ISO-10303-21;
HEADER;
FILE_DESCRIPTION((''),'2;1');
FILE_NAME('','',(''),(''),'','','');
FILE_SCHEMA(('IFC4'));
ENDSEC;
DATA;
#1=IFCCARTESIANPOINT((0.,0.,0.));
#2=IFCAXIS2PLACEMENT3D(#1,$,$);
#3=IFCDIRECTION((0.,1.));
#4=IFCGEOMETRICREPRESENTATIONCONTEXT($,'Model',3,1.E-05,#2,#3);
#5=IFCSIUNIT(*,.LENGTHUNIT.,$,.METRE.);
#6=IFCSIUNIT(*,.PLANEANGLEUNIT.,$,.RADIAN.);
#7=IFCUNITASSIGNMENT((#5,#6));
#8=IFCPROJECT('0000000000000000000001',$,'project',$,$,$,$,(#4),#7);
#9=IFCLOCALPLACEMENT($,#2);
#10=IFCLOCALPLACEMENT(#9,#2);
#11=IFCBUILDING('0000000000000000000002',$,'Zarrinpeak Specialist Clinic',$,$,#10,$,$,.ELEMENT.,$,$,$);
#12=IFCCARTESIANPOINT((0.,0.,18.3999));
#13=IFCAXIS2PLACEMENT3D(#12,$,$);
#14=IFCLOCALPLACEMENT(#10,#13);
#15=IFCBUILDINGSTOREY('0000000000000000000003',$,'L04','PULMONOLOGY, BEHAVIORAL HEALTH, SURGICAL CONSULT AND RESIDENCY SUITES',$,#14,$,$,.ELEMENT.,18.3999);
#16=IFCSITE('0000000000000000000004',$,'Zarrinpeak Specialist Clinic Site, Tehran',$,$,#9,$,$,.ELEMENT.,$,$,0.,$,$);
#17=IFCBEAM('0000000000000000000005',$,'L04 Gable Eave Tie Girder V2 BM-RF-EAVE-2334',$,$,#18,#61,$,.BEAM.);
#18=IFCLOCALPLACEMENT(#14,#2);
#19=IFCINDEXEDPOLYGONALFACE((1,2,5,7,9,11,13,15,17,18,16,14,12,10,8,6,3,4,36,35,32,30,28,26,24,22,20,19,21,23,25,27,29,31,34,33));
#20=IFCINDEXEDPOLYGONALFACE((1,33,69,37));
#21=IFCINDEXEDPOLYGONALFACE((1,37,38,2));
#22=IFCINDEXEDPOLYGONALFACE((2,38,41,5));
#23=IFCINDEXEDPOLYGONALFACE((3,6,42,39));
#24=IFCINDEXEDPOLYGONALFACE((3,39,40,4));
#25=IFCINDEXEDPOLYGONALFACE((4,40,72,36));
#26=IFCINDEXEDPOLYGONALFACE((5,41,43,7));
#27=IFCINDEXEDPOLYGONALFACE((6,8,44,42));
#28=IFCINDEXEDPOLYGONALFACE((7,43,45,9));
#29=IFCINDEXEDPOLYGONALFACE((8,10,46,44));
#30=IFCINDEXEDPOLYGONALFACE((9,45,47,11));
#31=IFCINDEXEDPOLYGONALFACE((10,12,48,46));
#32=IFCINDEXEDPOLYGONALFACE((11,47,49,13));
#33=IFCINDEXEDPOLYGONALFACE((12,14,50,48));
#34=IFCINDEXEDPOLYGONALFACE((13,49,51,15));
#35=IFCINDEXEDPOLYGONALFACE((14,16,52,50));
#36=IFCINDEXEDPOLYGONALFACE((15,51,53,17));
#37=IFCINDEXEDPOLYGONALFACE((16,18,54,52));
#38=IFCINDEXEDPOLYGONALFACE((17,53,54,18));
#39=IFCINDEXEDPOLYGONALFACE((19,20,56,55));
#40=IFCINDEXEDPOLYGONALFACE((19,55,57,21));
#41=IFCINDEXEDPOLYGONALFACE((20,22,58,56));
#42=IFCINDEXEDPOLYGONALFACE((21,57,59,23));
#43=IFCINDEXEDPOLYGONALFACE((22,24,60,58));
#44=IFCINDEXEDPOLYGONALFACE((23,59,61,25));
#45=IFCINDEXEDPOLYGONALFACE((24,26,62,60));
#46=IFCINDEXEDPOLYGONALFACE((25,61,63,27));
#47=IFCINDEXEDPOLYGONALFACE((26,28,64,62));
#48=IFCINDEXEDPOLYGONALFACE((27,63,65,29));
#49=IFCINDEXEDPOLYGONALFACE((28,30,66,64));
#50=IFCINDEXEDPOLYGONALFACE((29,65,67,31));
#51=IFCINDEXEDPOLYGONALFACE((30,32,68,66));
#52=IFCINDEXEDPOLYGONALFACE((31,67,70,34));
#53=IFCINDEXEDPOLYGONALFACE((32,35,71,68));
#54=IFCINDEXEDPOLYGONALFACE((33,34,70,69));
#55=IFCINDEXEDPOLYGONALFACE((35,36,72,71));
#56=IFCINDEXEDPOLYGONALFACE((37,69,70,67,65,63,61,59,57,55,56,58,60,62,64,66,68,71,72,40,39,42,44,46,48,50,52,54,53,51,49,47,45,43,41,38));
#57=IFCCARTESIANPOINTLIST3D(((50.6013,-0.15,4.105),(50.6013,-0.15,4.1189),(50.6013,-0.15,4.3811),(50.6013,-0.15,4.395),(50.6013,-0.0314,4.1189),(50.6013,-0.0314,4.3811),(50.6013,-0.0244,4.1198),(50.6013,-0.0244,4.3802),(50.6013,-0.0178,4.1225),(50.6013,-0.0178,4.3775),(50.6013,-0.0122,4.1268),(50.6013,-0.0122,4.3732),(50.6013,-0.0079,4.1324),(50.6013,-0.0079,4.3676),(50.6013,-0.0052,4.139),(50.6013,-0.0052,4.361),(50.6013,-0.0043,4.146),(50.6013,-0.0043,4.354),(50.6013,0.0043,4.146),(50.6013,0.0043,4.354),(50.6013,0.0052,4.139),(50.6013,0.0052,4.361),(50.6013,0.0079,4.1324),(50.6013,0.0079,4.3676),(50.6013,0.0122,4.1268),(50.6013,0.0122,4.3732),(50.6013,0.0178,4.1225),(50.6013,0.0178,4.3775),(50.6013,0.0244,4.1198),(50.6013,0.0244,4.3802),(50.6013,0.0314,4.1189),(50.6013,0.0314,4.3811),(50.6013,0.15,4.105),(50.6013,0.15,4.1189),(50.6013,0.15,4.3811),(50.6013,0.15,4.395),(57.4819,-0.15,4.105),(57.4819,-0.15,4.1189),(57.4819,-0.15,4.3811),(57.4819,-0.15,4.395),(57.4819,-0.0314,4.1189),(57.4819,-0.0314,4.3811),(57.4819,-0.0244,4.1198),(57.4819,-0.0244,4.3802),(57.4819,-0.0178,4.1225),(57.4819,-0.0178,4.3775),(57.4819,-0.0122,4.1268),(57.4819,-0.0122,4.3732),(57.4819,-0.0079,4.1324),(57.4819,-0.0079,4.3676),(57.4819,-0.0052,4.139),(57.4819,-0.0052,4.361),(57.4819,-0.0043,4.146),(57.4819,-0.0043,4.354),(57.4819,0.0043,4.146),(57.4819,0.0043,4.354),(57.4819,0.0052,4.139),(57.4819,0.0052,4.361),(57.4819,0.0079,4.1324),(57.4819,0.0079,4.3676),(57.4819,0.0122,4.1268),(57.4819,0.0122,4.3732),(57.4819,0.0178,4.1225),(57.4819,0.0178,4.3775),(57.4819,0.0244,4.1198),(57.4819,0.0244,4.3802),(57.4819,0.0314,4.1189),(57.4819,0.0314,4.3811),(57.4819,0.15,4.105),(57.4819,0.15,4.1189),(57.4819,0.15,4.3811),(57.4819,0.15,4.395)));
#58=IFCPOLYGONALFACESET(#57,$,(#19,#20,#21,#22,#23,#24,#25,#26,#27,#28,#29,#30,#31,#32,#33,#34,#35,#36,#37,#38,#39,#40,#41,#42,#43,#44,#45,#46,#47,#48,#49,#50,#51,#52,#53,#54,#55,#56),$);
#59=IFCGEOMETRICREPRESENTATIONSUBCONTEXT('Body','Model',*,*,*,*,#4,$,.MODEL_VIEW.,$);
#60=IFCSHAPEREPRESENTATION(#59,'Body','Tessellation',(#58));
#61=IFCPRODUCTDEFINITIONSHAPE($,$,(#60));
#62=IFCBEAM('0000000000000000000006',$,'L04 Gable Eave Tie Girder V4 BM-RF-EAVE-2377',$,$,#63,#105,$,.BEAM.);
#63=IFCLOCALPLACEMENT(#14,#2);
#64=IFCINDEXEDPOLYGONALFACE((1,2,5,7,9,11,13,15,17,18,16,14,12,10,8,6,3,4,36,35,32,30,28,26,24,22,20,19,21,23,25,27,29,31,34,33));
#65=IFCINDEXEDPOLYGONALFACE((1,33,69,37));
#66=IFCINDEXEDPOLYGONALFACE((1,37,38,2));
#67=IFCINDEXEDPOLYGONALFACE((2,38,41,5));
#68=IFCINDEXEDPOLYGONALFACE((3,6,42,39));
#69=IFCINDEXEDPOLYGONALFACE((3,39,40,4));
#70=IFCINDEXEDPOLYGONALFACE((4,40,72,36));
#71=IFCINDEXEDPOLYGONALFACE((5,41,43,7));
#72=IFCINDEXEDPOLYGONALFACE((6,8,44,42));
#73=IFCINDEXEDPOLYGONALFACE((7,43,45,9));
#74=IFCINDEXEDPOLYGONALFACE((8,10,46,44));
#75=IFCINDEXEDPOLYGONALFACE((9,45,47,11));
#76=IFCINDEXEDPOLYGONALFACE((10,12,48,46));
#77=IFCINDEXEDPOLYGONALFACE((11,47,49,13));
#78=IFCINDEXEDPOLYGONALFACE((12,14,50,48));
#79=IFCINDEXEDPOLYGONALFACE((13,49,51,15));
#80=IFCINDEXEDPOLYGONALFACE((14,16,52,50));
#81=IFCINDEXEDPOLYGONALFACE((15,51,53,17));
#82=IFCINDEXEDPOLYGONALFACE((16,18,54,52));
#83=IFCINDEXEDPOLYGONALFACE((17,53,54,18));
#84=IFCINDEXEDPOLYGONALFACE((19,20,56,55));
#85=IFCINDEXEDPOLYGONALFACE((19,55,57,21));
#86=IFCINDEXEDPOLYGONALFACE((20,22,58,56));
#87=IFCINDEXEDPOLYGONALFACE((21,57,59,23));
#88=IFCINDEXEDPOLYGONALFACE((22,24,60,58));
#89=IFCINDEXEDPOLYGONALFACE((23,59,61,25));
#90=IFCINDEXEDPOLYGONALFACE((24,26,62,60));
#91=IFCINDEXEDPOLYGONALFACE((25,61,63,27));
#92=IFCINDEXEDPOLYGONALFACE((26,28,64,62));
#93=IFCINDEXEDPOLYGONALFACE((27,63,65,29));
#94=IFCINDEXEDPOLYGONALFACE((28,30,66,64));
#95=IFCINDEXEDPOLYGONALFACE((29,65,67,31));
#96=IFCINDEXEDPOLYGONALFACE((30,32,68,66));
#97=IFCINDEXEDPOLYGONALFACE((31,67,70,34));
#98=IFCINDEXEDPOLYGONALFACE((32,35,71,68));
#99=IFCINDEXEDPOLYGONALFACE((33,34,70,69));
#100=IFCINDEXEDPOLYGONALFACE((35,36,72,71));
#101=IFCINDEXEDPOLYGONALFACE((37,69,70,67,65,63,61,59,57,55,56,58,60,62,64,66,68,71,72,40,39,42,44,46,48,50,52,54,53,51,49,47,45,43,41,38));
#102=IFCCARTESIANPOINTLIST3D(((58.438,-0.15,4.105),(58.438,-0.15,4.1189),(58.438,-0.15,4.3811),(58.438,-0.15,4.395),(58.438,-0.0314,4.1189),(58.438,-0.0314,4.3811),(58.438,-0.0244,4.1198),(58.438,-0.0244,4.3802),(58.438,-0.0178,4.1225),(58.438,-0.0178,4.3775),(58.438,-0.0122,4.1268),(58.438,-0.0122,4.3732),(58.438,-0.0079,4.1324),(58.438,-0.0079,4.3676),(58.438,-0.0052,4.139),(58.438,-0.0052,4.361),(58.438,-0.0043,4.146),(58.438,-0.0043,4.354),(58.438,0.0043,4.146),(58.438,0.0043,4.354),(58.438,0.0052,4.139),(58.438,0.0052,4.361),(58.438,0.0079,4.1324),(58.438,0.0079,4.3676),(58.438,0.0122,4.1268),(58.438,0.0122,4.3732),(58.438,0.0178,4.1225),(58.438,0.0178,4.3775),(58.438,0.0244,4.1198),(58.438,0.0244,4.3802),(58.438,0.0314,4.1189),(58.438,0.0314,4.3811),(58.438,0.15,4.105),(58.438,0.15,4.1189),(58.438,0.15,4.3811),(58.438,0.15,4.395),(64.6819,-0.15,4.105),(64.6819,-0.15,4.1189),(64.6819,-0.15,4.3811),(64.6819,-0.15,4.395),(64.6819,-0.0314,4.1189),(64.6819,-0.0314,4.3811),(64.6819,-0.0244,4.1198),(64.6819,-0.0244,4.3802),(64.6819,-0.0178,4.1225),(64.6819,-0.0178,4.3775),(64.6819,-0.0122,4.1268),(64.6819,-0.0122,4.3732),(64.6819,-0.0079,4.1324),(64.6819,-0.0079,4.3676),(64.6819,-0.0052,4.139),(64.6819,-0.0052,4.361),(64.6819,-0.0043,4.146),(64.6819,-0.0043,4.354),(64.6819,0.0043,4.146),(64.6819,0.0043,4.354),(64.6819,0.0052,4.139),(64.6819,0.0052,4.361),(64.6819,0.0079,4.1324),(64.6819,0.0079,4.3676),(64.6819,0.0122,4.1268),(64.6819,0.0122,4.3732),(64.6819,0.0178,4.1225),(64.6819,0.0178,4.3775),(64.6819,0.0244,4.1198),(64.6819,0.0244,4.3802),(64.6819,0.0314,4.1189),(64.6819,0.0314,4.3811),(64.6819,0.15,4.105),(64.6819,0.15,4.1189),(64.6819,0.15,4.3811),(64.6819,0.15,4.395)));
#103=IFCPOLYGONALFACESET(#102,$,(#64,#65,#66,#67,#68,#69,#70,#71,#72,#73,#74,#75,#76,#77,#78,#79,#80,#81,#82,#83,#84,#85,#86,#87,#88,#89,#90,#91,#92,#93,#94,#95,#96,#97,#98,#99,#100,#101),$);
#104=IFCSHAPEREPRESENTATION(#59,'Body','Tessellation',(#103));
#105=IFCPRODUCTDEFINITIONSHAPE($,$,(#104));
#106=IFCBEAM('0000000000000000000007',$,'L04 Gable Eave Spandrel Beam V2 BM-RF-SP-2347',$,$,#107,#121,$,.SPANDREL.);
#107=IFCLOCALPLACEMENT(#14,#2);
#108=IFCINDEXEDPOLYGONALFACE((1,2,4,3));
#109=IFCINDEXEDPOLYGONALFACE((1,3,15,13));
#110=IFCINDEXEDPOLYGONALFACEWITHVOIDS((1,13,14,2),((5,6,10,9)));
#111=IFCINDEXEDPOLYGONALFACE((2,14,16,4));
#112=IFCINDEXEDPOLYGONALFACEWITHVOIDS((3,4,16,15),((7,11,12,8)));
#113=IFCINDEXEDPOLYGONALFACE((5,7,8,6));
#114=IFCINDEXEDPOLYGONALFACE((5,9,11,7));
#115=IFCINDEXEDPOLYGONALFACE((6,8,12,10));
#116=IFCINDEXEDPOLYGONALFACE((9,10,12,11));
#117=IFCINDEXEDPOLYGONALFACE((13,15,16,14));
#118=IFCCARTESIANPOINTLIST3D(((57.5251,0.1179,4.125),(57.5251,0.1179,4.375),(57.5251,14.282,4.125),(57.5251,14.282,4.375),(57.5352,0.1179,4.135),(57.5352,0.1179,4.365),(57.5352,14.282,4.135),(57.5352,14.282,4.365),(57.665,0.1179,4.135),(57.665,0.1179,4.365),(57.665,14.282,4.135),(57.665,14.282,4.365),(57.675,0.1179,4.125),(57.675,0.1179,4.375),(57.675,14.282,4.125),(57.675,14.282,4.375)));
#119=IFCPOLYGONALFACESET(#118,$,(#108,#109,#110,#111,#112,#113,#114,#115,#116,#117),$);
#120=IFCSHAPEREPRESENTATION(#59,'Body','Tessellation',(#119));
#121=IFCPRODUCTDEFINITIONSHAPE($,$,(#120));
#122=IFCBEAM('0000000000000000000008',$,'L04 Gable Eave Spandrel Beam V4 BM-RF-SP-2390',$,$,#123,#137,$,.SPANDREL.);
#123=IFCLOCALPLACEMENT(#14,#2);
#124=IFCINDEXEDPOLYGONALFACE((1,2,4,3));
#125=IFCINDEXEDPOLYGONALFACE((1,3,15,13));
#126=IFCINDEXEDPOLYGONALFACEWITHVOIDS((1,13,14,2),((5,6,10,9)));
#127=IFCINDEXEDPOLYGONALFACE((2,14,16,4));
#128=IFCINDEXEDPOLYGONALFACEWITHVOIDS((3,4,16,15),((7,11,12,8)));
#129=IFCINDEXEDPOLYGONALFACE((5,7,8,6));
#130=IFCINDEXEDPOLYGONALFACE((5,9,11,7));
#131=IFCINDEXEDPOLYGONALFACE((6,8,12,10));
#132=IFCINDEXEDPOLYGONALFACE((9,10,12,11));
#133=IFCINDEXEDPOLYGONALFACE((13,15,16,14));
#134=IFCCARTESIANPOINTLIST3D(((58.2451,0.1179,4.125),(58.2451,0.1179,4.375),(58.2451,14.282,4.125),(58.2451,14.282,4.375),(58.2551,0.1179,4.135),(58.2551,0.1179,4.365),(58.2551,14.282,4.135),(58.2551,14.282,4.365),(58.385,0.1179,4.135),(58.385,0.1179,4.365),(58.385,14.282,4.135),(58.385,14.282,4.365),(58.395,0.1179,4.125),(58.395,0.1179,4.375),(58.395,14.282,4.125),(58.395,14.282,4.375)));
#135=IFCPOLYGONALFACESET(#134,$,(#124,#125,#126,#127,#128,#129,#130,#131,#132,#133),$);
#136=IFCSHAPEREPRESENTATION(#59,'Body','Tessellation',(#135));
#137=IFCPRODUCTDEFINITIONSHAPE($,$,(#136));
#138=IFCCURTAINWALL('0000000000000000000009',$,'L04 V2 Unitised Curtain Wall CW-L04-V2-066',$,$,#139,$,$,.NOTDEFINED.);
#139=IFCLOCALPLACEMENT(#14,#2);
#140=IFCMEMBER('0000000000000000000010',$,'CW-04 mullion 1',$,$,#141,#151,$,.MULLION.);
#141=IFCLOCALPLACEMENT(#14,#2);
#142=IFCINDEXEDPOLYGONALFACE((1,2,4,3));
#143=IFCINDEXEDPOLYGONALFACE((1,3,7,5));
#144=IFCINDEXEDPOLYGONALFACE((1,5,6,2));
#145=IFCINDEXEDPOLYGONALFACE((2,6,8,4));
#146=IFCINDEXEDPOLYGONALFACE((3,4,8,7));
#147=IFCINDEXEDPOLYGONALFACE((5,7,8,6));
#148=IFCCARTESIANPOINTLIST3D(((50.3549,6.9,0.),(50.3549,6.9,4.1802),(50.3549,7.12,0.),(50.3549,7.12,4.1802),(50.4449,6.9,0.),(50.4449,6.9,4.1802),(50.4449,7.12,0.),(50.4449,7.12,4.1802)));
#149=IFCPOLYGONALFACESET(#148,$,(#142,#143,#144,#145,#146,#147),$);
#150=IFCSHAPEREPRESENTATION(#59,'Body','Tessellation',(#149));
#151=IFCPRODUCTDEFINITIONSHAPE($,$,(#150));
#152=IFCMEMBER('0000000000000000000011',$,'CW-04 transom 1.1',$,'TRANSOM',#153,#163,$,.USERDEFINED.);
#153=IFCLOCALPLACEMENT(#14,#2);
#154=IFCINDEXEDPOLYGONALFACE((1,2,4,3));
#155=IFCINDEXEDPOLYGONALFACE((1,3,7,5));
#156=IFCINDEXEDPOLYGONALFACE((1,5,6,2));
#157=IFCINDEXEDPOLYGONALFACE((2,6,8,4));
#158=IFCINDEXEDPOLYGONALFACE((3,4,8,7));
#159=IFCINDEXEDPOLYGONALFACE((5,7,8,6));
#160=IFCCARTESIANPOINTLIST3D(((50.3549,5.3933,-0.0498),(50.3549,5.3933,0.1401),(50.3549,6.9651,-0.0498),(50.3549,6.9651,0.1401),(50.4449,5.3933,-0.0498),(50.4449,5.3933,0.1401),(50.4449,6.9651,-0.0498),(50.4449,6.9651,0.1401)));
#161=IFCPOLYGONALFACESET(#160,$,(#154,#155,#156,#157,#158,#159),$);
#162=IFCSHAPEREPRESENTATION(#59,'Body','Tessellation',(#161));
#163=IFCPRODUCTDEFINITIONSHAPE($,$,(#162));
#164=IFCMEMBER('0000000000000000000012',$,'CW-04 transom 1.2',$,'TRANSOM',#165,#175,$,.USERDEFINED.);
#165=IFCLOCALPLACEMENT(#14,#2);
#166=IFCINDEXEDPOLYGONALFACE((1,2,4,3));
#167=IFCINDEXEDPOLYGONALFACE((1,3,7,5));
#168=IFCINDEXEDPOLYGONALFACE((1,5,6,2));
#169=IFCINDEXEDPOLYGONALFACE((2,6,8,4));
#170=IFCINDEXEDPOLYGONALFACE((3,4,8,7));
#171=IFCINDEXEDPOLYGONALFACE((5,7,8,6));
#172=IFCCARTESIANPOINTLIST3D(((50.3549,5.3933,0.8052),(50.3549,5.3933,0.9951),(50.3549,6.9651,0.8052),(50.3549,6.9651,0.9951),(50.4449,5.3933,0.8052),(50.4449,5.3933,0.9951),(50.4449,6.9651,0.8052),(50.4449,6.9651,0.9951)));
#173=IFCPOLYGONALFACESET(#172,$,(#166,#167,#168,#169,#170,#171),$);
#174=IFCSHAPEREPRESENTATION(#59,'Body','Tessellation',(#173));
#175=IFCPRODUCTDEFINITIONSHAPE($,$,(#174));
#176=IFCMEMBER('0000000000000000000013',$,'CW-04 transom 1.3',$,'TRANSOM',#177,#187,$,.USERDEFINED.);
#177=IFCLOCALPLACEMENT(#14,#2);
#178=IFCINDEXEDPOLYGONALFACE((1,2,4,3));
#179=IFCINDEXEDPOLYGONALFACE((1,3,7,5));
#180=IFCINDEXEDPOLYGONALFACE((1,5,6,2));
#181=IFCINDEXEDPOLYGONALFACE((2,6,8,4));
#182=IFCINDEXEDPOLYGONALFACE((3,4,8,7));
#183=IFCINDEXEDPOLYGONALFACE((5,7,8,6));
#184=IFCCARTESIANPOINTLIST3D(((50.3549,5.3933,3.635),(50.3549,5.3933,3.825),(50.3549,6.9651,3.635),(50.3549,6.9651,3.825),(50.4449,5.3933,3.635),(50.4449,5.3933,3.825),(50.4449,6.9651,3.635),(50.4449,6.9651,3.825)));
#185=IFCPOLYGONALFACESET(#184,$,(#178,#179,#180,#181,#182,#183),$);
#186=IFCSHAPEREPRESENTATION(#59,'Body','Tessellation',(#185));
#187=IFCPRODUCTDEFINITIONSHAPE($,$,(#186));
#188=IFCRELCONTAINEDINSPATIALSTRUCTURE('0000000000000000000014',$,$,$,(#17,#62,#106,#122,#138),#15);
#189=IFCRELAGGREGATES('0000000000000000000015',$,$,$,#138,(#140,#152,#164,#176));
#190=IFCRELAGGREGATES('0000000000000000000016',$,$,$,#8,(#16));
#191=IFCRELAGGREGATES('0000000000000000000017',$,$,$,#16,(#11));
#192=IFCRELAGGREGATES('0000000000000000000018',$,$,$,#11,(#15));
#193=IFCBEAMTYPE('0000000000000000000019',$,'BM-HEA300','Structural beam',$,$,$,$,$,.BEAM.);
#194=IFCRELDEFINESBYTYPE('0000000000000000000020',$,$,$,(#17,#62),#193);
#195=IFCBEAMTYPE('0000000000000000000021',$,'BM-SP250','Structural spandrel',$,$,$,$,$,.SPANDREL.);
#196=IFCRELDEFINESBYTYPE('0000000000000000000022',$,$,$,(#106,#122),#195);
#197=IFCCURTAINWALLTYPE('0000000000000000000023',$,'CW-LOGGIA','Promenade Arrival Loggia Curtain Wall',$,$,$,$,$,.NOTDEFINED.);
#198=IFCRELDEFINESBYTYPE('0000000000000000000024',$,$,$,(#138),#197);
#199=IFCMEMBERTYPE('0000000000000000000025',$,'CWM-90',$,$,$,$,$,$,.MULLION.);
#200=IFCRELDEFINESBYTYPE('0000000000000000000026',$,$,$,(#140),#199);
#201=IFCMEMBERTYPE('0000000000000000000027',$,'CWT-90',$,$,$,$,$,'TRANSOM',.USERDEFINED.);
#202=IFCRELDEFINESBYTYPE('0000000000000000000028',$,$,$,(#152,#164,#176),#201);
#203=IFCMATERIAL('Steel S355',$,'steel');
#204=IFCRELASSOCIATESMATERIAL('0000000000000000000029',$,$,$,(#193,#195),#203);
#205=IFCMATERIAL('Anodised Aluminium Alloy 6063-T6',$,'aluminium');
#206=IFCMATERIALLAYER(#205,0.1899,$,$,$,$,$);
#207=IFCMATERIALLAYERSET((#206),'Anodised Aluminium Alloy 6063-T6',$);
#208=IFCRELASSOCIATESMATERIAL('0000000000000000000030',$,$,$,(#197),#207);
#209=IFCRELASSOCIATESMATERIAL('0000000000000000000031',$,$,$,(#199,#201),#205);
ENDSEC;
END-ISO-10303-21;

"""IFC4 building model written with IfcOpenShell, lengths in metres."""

from ifc_helpers import new_model, si_unit, direction, frame, origin, origin_2d, place, context, subcontext, project, spatial, rectangle, hollow_rectangle, i_section, extrude, material, layer, layer_set, material_profile, profile_set, type_object, element, aggregate, save


model = new_model("IFC4")

# Units and contexts
model_context = context("Model", 3, precision=1e-05, world=origin(), true_north=direction((0.0, 1.0)))
body_context = subcontext(model_context, "Body", "Model", "MODEL_VIEW")
ifc_project = project(units=[si_unit("LENGTHUNIT", "METRE"), si_unit("PLANEANGLEUNIT", "RADIAN")], contexts=[model_context])

# Site, building, storey
site_placement = place(None, origin())
site = spatial("IfcSite", under=ifc_project, at=site_placement, Name="Zarrinpeak Specialist Clinic Site, Tehran", CompositionType="ELEMENT", RefElevation=0.0)
building_placement = place(site_placement, origin())
building = spatial("IfcBuilding", under=site, at=building_placement, Name="Zarrinpeak Specialist Clinic", CompositionType="ELEMENT")
storey_placement = place(building_placement, frame((0.0, 0.0, 18.3999)))
storey = spatial("IfcBuildingStorey", under=building, at=storey_placement, Name="L04", Description="PULMONOLOGY, BEHAVIORAL HEALTH, SURGICAL CONSULT AND RESIDENCY SUITES", CompositionType="ELEMENT", Elevation=18.3999)

# Shared definitions
ifc_material_1 = material(Name="Steel S355", Category="steel")

# Beams
ifc_material_profile_1 = material_profile(ifc_material_1, i_section(OverallWidth=0.3, OverallDepth=0.29, WebThickness=0.0085, FlangeThickness=0.0139, FilletRadius=0.0271, at=origin_2d()), Name="HEA 300")
ifc_profile_set_1 = profile_set([ifc_material_profile_1], Name="Steel S355")
beam_type_1 = type_object("IfcBeamType", Name="BM-HEA300", Description="Structural beam", PredefinedType="BEAM", material=ifc_profile_set_1)
beam_1_placement = place(storey_placement, frame((50.6013, 0.0, 4.25), z_axis=(1.0, 0.0, 0.0), x_axis=(0.0, 1.0, 0.0)))
element("IfcBeam", 1, at=beam_1_placement, inside=storey, type_object=beam_type_1, Name="L04 Gable Eave Tie Girder V2 BM-RF-EAVE-2334", PredefinedType="BEAM", context=body_context, shape_type="SweptSolid", body=[
    extrude(i_section(OverallWidth=0.3, OverallDepth=0.29, WebThickness=0.0085, FlangeThickness=0.0139, FilletRadius=0.0271, at=origin_2d()), origin(), (0.0, 0.0, 1.0), 6.8806),
])
beam_2_placement = place(storey_placement, frame((58.438, 0.0, 4.25), z_axis=(1.0, 0.0, 0.0), x_axis=(0.0, 1.0, 0.0)))
element("IfcBeam", 2, at=beam_2_placement, inside=storey, type_object=beam_type_1, Name="L04 Gable Eave Tie Girder V4 BM-RF-EAVE-2377", PredefinedType="BEAM", context=body_context, shape_type="SweptSolid", body=[
    extrude(i_section(OverallWidth=0.3, OverallDepth=0.29, WebThickness=0.0085, FlangeThickness=0.0139, FilletRadius=0.0271, at=origin_2d()), origin(), (0.0, 0.0, 1.0), 6.2439),
])
ifc_material_profile_2 = material_profile(ifc_material_1, hollow_rectangle(XDim=0.1499, YDim=0.25, WallThickness=0.01, at=origin_2d()), Name="RHS 250x150x10.0")
ifc_profile_set_2 = profile_set([ifc_material_profile_2], Name="Steel S355")
beam_type_2 = type_object("IfcBeamType", Name="BM-SP250", Description="Structural spandrel", PredefinedType="SPANDREL", material=ifc_profile_set_2)
for number, where, z_axis, x_axis, name in (
    (3, (57.6001, 0.1179, 4.25), (0.0, 1.0, 0.0), (-1.0, 0.0, 0.0), "L04 Gable Eave Spandrel Beam V2 BM-RF-SP-2347"),
    (4, (58.3201, 0.1179, 4.25), (0.0, 1.0, 0.0), (-1.0, 0.0, 0.0), "L04 Gable Eave Spandrel Beam V4 BM-RF-SP-2390"),
):
    element("IfcBeam", number, at=place(storey_placement, frame(where, z_axis=z_axis, x_axis=x_axis)), inside=storey, type_object=beam_type_2, Name=name, PredefinedType="SPANDREL", context=body_context, shape_type="SweptSolid", body=[
        extrude(hollow_rectangle(XDim=0.1499, YDim=0.25, WallThickness=0.01, at=origin_2d()), origin(), (0.0, 0.0, 1.0), 14.1641),
    ])

# Curtain wall, members
ifc_material_2 = material(Name="Anodised Aluminium Alloy 6063-T6", Category="aluminium")
ifc_layer_1 = layer(ifc_material_2, 0.1899)
ifc_layer_set_1 = layer_set([ifc_layer_1], Name="Anodised Aluminium Alloy 6063-T6")
curtain_wall_type = type_object("IfcCurtainWallType", Name="CW-LOGGIA", Description="Promenade Arrival Loggia Curtain Wall", PredefinedType="NOTDEFINED", material=ifc_layer_set_1)
curtain_wall_placement = place(storey_placement, origin())
curtain_wall = element("IfcCurtainWall", 5, at=curtain_wall_placement, inside=storey, type_object=curtain_wall_type, Name="L04 V2 Unitised Curtain Wall CW-L04-V2-066", PredefinedType="NOTDEFINED")
ifc_material_profile_3 = material_profile(ifc_material_2, rectangle(XDim=0.0901, YDim=0.22, at=origin_2d()), Name="ALU 90x220")
ifc_profile_set_3 = profile_set([ifc_material_profile_3], Name="Anodised Aluminium Alloy 6063-T6")
member_type_1 = type_object("IfcMemberType", Name="CWM-90", PredefinedType="MULLION", material=ifc_profile_set_3)
member_1_placement = place(storey_placement, frame((50.3999, 7.01, 0.0), z_axis=(0.0, 0.0, 1.0), x_axis=(1.0, 0.0, 0.0)))
member_1 = element("IfcMember", 6, at=member_1_placement, type_object=member_type_1, Name="CW-04 mullion 1", PredefinedType="MULLION", context=body_context, shape_type="SweptSolid", body=[
    extrude(rectangle(XDim=0.0901, YDim=0.22, at=origin_2d()), origin(), (0.0, 0.0, 1.0), 4.1802),
])
ifc_material_profile_4 = material_profile(ifc_material_2, rectangle(XDim=0.0901, YDim=0.1899, at=origin_2d()), Name="ALU 90x190")
ifc_profile_set_4 = profile_set([ifc_material_profile_4], Name="Anodised Aluminium Alloy 6063-T6")
member_type_2 = type_object("IfcMemberType", Name="CWT-90", ElementType="TRANSOM", PredefinedType="USERDEFINED", material=ifc_profile_set_4)
member_2_placement = place(storey_placement, frame((50.3999, 6.9651, 0.0452), z_axis=(0.0, -1.0, 0.0), x_axis=(1.0, 0.0, 0.0)))
member_2 = element("IfcMember", 7, at=member_2_placement, type_object=member_type_2, Name="CW-04 transom 1.1", ObjectType="TRANSOM", PredefinedType="USERDEFINED", context=body_context, shape_type="SweptSolid", body=[
    extrude(rectangle(XDim=0.0901, YDim=0.1899, at=origin_2d()), origin(), (0.0, 0.0, 1.0), 1.5718),
])
member_3_placement = place(storey_placement, frame((50.3999, 6.9651, 0.9001), z_axis=(0.0, -1.0, 0.0), x_axis=(1.0, 0.0, 0.0)))
member_3 = element("IfcMember", 8, at=member_3_placement, type_object=member_type_2, Name="CW-04 transom 1.2", ObjectType="TRANSOM", PredefinedType="USERDEFINED", context=body_context, shape_type="SweptSolid", body=[
    extrude(rectangle(XDim=0.0901, YDim=0.1899, at=origin_2d()), origin(), (0.0, 0.0, 1.0), 1.5718),
])
member_4_placement = place(storey_placement, frame((50.3999, 6.9651, 3.73), z_axis=(0.0, -1.0, 0.0), x_axis=(1.0, 0.0, 0.0)))
member_4 = element("IfcMember", 9, at=member_4_placement, type_object=member_type_2, Name="CW-04 transom 1.3", ObjectType="TRANSOM", PredefinedType="USERDEFINED", context=body_context, shape_type="SweptSolid", body=[
    extrude(rectangle(XDim=0.0901, YDim=0.1899, at=origin_2d()), origin(), (0.0, 0.0, 1.0), 1.5718),
])
aggregate(curtain_wall, [member_1, member_2, member_3, member_4])

save(model, "model.ifc")
